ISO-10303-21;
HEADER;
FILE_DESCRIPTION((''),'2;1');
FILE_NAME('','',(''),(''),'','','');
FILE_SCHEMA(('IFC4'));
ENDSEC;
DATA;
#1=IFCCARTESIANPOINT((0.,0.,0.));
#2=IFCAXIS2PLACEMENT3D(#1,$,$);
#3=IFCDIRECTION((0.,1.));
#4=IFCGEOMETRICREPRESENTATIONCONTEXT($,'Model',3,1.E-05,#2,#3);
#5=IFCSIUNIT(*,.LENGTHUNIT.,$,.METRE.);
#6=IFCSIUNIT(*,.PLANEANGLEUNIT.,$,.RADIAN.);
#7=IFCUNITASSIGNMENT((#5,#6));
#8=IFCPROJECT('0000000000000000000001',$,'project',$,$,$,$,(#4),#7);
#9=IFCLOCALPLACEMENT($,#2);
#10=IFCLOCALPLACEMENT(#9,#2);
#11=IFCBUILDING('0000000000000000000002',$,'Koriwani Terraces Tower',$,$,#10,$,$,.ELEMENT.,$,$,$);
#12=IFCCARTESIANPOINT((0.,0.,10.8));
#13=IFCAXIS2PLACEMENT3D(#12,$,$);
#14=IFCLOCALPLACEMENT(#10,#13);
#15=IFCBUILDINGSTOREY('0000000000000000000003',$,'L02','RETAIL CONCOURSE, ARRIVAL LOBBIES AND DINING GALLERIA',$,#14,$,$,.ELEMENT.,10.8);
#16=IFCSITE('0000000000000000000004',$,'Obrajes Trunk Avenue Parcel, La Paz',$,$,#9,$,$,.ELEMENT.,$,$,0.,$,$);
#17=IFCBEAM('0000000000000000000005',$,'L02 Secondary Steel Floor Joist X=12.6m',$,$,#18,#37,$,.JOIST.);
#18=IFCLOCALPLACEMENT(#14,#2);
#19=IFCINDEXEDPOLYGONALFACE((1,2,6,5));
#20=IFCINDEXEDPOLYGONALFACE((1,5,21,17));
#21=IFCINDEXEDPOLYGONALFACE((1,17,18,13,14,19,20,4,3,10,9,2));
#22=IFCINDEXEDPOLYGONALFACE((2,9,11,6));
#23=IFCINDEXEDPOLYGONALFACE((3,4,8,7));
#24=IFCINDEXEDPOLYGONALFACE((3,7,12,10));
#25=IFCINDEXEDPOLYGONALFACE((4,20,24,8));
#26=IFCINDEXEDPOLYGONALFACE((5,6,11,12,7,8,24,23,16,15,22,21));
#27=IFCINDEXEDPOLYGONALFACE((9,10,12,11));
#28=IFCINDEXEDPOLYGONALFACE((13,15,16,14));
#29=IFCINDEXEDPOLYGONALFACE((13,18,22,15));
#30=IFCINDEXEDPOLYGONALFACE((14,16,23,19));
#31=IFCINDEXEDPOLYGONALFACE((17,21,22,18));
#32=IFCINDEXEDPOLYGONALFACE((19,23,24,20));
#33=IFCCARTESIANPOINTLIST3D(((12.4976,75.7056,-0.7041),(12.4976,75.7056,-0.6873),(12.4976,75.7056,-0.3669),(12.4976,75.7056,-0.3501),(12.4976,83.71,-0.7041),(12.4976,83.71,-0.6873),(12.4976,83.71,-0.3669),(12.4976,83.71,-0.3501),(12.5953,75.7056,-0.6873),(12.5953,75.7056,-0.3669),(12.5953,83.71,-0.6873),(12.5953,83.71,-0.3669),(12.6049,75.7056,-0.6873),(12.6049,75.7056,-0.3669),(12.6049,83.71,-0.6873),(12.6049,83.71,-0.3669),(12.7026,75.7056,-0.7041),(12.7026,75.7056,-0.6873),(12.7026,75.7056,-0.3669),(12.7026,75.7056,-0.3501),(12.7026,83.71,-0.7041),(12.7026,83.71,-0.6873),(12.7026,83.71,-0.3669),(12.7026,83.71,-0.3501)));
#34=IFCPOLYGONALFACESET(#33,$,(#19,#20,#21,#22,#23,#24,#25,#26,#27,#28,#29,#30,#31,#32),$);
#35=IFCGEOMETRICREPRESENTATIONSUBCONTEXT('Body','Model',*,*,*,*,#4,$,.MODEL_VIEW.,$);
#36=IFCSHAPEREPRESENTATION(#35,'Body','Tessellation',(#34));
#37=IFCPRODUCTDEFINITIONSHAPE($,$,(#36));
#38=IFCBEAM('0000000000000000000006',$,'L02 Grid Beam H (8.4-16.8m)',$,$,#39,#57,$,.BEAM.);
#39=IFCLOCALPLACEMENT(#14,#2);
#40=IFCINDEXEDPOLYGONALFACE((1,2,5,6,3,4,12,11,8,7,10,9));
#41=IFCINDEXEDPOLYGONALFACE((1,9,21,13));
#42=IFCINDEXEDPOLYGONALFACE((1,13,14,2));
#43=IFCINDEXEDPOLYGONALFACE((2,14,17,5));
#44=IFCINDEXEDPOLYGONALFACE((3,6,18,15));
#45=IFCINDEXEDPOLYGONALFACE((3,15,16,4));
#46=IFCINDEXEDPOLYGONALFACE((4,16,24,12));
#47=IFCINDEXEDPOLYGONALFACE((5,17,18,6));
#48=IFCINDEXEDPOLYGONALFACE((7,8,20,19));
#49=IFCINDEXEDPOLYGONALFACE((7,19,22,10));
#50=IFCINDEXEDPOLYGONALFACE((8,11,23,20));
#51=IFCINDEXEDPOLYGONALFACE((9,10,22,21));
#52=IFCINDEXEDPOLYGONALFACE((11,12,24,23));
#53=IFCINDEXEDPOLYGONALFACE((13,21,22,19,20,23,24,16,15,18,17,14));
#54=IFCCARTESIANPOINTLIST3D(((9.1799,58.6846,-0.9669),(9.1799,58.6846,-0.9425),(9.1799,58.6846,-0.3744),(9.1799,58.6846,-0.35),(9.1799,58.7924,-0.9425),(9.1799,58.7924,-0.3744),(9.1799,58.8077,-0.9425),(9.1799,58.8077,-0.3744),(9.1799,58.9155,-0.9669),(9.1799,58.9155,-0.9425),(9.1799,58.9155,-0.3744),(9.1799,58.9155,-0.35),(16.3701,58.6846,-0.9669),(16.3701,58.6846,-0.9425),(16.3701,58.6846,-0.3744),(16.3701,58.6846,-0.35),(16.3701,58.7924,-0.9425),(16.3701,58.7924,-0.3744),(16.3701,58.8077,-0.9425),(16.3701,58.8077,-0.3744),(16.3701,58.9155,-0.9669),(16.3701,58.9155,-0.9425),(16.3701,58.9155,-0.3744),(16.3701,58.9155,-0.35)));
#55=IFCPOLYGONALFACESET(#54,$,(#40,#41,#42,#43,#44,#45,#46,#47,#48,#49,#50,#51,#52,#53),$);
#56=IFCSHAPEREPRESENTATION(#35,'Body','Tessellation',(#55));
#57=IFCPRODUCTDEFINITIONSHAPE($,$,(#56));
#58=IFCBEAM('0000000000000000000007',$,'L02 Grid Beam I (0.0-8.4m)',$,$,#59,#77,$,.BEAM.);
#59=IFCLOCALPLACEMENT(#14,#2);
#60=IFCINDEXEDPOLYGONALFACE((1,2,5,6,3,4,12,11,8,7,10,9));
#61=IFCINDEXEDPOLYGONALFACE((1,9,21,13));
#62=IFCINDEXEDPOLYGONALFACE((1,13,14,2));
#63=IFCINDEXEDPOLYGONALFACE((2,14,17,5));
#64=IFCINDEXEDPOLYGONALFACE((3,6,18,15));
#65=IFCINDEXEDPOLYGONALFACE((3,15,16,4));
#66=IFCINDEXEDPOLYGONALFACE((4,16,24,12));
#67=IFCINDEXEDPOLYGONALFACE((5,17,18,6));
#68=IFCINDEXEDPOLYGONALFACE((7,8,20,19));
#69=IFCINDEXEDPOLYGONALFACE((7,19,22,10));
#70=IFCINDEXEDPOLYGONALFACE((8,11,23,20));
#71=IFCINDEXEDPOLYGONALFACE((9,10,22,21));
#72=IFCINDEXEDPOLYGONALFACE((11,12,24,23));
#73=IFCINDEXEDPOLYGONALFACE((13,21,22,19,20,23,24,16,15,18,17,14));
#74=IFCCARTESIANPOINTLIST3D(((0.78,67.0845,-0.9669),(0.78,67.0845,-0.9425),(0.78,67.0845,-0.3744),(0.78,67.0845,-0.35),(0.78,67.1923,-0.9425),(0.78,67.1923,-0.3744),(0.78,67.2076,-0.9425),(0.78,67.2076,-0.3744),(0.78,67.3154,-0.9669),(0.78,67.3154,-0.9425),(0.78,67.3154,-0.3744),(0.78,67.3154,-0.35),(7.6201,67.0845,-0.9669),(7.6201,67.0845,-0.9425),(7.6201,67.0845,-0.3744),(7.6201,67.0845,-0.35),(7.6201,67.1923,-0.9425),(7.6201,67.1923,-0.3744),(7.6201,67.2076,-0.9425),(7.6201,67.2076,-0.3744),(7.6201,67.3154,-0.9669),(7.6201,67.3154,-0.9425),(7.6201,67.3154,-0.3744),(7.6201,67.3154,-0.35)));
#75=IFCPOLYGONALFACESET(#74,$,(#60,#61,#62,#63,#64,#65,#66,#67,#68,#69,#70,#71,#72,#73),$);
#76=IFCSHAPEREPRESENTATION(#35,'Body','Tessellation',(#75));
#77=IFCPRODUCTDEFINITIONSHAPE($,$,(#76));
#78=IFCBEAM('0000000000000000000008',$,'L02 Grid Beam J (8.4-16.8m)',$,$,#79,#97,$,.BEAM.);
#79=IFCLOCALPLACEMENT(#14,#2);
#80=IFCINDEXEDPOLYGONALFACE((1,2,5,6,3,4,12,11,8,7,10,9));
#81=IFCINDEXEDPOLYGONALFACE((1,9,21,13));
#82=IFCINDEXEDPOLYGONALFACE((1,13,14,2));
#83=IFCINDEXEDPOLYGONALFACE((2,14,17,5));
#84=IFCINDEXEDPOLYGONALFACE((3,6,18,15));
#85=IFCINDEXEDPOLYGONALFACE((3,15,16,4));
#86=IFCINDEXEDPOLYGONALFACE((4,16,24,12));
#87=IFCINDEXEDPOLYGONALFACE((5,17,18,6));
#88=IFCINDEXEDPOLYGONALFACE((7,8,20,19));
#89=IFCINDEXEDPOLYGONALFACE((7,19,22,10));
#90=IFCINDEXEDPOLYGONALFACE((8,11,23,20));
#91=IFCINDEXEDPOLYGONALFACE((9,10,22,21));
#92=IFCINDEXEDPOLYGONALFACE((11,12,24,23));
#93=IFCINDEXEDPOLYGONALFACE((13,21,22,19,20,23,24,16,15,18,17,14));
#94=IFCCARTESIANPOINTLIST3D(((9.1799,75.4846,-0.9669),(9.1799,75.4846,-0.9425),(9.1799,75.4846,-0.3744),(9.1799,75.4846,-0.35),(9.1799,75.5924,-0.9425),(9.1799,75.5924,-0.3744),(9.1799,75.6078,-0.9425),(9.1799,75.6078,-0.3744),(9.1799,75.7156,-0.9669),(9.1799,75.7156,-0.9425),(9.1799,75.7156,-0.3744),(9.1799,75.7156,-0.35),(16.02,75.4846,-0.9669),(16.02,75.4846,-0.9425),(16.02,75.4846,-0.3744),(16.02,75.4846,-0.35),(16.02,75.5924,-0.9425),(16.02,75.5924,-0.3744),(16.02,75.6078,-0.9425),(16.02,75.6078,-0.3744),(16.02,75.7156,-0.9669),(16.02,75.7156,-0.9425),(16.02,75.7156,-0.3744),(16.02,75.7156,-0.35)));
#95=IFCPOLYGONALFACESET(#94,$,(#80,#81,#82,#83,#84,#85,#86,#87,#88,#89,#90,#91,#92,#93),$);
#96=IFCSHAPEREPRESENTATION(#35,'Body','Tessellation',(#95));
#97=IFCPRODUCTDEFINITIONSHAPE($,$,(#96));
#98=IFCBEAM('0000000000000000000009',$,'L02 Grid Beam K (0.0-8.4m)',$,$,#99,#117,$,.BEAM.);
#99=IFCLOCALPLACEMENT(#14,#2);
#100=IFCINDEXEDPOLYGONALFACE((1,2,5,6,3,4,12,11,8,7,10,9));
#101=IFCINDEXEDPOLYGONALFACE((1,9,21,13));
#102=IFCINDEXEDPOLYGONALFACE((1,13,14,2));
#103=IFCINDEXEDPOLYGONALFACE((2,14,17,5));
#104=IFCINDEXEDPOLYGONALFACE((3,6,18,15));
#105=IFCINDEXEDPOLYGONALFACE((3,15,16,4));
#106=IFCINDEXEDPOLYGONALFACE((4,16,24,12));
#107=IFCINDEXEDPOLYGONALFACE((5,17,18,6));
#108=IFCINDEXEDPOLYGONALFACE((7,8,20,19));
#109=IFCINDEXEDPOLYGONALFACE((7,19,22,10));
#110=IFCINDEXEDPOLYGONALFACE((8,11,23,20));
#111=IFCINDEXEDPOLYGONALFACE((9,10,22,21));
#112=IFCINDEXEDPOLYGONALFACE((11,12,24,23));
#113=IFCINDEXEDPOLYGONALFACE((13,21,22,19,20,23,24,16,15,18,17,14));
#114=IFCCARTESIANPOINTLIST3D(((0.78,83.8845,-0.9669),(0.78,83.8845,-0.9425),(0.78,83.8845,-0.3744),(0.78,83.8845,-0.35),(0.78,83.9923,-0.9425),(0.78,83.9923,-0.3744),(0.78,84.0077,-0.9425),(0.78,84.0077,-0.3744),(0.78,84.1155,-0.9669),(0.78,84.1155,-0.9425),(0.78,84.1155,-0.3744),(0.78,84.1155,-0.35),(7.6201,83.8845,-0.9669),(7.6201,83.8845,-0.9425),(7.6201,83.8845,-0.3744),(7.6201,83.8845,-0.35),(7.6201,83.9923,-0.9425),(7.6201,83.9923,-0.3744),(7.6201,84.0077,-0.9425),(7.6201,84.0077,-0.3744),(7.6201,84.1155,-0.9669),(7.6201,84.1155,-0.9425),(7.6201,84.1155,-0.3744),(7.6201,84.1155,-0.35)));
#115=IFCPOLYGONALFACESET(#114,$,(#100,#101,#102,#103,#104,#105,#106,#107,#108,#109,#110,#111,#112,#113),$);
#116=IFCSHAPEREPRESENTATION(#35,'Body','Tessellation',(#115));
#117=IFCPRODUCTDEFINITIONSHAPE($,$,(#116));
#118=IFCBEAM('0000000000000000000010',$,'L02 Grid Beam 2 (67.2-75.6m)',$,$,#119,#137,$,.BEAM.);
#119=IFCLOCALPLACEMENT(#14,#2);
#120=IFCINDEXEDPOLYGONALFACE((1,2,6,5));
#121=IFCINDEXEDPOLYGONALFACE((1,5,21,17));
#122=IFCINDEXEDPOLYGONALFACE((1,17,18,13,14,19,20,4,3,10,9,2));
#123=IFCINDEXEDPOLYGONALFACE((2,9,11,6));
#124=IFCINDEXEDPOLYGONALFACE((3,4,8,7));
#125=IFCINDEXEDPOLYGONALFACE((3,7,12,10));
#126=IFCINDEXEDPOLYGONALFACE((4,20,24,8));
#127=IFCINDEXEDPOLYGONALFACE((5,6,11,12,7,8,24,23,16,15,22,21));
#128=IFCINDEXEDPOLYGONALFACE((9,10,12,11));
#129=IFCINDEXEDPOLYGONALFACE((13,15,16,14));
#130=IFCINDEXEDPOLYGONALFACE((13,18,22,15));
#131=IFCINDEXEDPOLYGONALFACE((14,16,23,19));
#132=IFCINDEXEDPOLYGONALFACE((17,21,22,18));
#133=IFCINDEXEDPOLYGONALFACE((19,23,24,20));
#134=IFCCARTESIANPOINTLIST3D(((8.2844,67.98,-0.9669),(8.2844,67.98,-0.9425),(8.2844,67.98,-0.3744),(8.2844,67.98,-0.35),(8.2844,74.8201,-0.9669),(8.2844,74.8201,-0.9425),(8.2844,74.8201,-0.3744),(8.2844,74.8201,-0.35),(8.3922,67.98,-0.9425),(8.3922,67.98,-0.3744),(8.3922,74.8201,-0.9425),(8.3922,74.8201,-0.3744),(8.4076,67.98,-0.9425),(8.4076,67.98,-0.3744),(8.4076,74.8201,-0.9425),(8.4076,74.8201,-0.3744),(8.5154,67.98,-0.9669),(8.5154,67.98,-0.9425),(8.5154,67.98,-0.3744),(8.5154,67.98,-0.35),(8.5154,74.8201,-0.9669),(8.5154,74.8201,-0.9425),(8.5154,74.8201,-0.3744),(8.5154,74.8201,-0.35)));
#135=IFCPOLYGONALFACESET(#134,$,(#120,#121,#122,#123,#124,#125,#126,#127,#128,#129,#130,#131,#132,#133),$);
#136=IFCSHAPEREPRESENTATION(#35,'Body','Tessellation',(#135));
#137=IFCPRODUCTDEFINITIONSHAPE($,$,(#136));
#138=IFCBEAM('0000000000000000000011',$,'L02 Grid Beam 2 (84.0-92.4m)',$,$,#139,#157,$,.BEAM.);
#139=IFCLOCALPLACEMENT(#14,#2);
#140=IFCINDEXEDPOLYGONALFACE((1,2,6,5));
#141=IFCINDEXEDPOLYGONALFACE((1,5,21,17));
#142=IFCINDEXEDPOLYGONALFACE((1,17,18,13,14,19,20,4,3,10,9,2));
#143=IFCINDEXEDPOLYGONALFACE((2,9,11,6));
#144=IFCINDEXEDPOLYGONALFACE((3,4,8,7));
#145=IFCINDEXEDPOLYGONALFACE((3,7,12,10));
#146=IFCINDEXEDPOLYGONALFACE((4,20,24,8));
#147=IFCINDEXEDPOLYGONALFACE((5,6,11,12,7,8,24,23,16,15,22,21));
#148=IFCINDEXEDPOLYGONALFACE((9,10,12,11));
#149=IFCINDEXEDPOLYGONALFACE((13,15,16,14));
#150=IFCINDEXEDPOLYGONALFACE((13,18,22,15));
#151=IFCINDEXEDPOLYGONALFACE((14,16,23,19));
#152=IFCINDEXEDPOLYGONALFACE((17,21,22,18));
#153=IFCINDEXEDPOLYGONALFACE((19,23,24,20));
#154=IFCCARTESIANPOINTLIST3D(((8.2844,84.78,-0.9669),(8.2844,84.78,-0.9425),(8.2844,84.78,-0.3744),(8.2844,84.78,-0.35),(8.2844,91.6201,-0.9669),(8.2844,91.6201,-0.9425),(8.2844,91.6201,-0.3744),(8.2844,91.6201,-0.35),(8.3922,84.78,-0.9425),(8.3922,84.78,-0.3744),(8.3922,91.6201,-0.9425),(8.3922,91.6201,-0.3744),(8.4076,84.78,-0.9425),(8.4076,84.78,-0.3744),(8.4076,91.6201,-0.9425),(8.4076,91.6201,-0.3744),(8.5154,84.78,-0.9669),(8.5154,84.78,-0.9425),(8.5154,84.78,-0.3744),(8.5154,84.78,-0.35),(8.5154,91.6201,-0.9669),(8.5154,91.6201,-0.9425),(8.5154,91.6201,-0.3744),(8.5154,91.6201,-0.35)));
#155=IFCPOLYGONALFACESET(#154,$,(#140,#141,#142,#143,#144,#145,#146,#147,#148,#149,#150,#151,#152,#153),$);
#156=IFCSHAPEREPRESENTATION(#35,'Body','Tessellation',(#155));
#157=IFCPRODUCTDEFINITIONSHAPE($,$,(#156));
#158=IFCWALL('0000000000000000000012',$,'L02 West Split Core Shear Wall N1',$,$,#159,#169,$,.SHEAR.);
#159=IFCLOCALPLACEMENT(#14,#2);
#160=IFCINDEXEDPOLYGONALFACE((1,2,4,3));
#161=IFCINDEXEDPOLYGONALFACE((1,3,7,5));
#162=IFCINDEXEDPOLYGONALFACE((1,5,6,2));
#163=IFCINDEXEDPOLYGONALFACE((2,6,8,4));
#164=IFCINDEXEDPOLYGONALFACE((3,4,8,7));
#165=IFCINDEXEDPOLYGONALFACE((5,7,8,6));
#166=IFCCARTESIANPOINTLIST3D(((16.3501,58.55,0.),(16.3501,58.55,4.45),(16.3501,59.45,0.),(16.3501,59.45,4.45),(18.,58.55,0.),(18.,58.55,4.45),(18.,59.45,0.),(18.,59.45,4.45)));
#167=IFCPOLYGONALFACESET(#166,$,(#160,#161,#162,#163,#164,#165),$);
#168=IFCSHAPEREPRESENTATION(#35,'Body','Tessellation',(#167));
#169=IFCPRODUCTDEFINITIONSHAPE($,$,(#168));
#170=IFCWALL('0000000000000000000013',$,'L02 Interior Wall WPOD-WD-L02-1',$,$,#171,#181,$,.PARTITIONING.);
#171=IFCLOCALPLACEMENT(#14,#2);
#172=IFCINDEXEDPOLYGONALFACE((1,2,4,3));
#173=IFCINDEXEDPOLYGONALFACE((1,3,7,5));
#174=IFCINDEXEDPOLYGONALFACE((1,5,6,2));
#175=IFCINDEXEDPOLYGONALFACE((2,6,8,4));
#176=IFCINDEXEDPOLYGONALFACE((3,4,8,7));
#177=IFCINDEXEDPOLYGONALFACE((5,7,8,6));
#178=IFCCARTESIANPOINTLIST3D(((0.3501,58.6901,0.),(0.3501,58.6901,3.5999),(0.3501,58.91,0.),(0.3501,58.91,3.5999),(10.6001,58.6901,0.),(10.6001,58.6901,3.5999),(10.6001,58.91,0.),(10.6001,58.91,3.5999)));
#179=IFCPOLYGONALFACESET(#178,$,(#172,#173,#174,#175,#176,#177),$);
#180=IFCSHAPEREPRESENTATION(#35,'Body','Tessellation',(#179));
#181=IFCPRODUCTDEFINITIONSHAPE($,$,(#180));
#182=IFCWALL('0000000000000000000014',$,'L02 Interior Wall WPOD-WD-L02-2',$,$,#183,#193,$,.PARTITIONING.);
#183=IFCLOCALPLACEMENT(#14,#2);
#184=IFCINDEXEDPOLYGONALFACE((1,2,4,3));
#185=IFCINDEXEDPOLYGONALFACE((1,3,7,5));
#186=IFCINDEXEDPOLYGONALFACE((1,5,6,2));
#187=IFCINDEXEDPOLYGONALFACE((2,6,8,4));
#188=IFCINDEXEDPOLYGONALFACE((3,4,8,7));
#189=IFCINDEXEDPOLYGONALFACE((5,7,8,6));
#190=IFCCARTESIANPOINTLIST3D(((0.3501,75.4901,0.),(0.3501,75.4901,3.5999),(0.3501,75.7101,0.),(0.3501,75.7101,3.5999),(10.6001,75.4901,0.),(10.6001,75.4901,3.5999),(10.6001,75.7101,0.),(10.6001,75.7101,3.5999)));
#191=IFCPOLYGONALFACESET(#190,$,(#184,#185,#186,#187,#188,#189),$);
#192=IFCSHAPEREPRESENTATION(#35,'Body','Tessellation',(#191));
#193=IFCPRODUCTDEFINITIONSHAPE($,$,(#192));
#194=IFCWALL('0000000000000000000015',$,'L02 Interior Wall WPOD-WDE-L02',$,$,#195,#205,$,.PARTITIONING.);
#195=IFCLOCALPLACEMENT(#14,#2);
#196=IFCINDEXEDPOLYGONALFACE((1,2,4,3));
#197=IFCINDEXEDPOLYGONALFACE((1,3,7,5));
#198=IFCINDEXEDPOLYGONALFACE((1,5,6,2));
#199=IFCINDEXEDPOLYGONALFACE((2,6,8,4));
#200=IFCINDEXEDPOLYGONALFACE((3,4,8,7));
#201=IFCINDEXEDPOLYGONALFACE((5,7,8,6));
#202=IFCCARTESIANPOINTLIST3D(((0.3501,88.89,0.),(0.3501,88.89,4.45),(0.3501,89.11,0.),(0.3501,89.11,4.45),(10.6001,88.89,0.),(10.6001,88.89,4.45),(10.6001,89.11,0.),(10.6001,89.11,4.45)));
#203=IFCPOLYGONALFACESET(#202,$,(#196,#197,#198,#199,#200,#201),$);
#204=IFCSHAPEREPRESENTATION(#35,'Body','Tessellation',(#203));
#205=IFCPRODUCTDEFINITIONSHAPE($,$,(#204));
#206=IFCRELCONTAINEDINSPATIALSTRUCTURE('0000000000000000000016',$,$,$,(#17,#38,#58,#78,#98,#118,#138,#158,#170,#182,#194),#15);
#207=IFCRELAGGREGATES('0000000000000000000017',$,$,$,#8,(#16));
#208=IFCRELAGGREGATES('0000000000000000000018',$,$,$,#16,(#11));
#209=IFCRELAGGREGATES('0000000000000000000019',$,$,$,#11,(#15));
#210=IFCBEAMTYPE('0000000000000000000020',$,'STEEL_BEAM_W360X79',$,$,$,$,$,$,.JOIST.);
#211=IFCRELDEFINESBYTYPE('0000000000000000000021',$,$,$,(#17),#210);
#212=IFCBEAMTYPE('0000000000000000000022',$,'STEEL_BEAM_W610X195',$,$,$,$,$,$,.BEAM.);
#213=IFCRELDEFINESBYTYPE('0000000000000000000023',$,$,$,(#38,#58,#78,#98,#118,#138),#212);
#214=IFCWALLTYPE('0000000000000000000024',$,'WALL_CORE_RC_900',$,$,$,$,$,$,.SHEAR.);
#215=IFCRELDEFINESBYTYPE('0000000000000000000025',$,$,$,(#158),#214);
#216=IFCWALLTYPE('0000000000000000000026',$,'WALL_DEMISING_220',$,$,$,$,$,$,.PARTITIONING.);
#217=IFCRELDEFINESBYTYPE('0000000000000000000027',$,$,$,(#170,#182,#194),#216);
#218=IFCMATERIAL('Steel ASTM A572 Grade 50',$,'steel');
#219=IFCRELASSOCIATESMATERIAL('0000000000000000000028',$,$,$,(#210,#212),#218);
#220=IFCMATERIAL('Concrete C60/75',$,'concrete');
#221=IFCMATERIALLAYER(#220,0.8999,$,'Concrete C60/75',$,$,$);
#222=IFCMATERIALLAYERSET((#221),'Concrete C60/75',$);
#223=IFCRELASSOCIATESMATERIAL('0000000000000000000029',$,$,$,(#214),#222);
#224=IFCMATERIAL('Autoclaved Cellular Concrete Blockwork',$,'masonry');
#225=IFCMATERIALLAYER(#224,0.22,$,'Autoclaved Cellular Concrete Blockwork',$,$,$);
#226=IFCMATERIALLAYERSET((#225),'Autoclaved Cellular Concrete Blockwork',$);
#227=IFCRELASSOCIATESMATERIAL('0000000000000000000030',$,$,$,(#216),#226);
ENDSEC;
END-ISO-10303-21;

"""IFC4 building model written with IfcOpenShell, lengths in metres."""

from ifc_helpers import new_model, si_unit, direction, frame, frame_2d, origin, origin_2d, place, context, subcontext, project, spatial, rectangle, i_section, extrude, material, layer, layer_set, material_profile, profile_set, type_object, element, save


model = new_model("IFC4")

# Units and contexts
model_context = context("Model", 3, precision=1e-05, world=origin(), true_north=direction((0.0, 1.0)))
body_context = subcontext(model_context, "Body", "Model", "MODEL_VIEW")
ifc_project = project(units=[si_unit("LENGTHUNIT", "METRE"), si_unit("PLANEANGLEUNIT", "RADIAN")], contexts=[model_context])

# Site, building, storey
site_placement = place(None, origin())
site = spatial("IfcSite", under=ifc_project, at=site_placement, Name="Obrajes Trunk Avenue Parcel, La Paz", CompositionType="ELEMENT", RefElevation=0.0)
building_placement = place(site_placement, origin())
building = spatial("IfcBuilding", under=site, at=building_placement, Name="Koriwani Terraces Tower", CompositionType="ELEMENT")
storey_placement = place(building_placement, frame((0.0, 0.0, 10.8)))
storey = spatial("IfcBuildingStorey", under=building, at=storey_placement, Name="L02", Description="RETAIL CONCOURSE, ARRIVAL LOBBIES AND DINING GALLERIA", CompositionType="ELEMENT", Elevation=10.8)

# Shared definitions
ifc_material_1 = material(Name="Concrete C60/75", Category="concrete")

# Beams
ifc_material_2 = material(Name="Steel ASTM A572 Grade 50", Category="steel")
ifc_material_profile_1 = material_profile(ifc_material_2, i_section(OverallWidth=0.2051, OverallDepth=0.354, WebThickness=0.0095, FlangeThickness=0.0168, at=origin_2d()), Name="Steel ASTM A572 Grade 50", Category="LoadBearing")
ifc_profile_set_1 = profile_set([ifc_material_profile_1], Name="Steel ASTM A572 Grade 50")
beam_type_1 = type_object("IfcBeamType", Name="STEEL_BEAM_W360X79", PredefinedType="JOIST", material=ifc_profile_set_1)
for number, where, z_axis, x_axis, name in (
    (1, (12.6001, 75.7056, -0.5271), (0.0, 1.0, 0.0), (-1.0, 0.0, 0.0), "L02 Secondary Steel Floor Joist X=12.6m"),
):
    element("IfcBeam", number, at=place(storey_placement, frame(where, z_axis=z_axis, x_axis=x_axis)), inside=storey, type_object=beam_type_1, Name=name, PredefinedType="JOIST", context=body_context, shape_type="SweptSolid", body=[
        extrude(i_section(OverallWidth=0.2051, OverallDepth=0.354, WebThickness=0.0095, FlangeThickness=0.0168, at=origin_2d()), origin(), (0.0, 0.0, 1.0), 8.0044),
    ])
ifc_material_profile_2 = material_profile(ifc_material_2, i_section(OverallWidth=0.231, OverallDepth=0.6169, WebThickness=0.0154, FlangeThickness=0.0244, at=origin_2d()), Name="Steel ASTM A572 Grade 50", Category="LoadBearing")
ifc_profile_set_2 = profile_set([ifc_material_profile_2], Name="Steel ASTM A572 Grade 50")
beam_type_2 = type_object("IfcBeamType", Name="STEEL_BEAM_W610X195", PredefinedType="BEAM", material=ifc_profile_set_2)
beam_1_placement = place(storey_placement, frame((9.1799, 58.8, -0.6584), z_axis=(1.0, 0.0, 0.0), x_axis=(0.0, 1.0, 0.0)))
element("IfcBeam", 2, at=beam_1_placement, inside=storey, type_object=beam_type_2, Name="L02 Grid Beam H (8.4-16.8m)", PredefinedType="BEAM", context=body_context, shape_type="SweptSolid", body=[
    extrude(i_section(OverallWidth=0.231, OverallDepth=0.6169, WebThickness=0.0154, FlangeThickness=0.0244, at=origin_2d()), origin(), (0.0, 0.0, 1.0), 7.1902),
])
for number, where, z_axis, x_axis, name in (
    (3, (0.78, 67.2, -0.6584), (1.0, 0.0, 0.0), (0.0, 1.0, 0.0), "L02 Grid Beam I (0.0-8.4m)"),
    (4, (9.1799, 75.6001, -0.6584), (1.0, 0.0, 0.0), (0.0, 1.0, 0.0), "L02 Grid Beam J (8.4-16.8m)"),
    (5, (0.78, 84.0, -0.6584), (1.0, 0.0, 0.0), (0.0, 1.0, 0.0), "L02 Grid Beam K (0.0-8.4m)"),
    (6, (8.3999, 67.98, -0.6584), (0.0, 1.0, 0.0), (-1.0, 0.0, 0.0), "L02 Grid Beam 2 (67.2-75.6m)"),
    (7, (8.3999, 84.78, -0.6584), (0.0, 1.0, 0.0), (-1.0, 0.0, 0.0), "L02 Grid Beam 2 (84.0-92.4m)"),
):
    element("IfcBeam", number, at=place(storey_placement, frame(where, z_axis=z_axis, x_axis=x_axis)), inside=storey, type_object=beam_type_2, Name=name, PredefinedType="BEAM", context=body_context, shape_type="SweptSolid", body=[
        extrude(i_section(OverallWidth=0.231, OverallDepth=0.6169, WebThickness=0.0154, FlangeThickness=0.0244, at=origin_2d()), origin(), (0.0, 0.0, 1.0), 6.8401),
    ])

# Walls
ifc_layer_1 = layer(ifc_material_1, 0.8999, Name="Concrete C60/75")
ifc_layer_set_1 = layer_set([ifc_layer_1], Name="Concrete C60/75")
wall_type_1 = type_object("IfcWallType", Name="WALL_CORE_RC_900", PredefinedType="SHEAR", material=ifc_layer_set_1)
wall_1_placement = place(storey_placement, frame((16.3501, 59.0, 0.0), z_axis=(0.0, 0.0, 1.0), x_axis=(1.0, 0.0, 0.0)))
element("IfcWall", 8, at=wall_1_placement, inside=storey, type_object=wall_type_1, Name="L02 West Split Core Shear Wall N1", PredefinedType="SHEAR", context=body_context, shape_type="SweptSolid", body=[
    extrude(rectangle(XDim=1.6499, YDim=0.8999, at=frame_2d((0.825, 0.0))), origin(), (0.0, 0.0, 1.0), 4.45),
])
ifc_material_3 = material(Name="Autoclaved Cellular Concrete Blockwork", Category="masonry")
ifc_layer_2 = layer(ifc_material_3, 0.22, Name="Autoclaved Cellular Concrete Blockwork")
ifc_layer_set_2 = layer_set([ifc_layer_2], Name="Autoclaved Cellular Concrete Blockwork")
wall_type_2 = type_object("IfcWallType", Name="WALL_DEMISING_220", PredefinedType="PARTITIONING", material=ifc_layer_set_2)
for number, where, z_axis, x_axis, name in (
    (9, (0.3501, 58.8, 0.0), (0.0, 0.0, 1.0), (1.0, 0.0, 0.0), "L02 Interior Wall WPOD-WD-L02-1"),
    (10, (0.3501, 75.6001, 0.0), (0.0, 0.0, 1.0), (1.0, 0.0, 0.0), "L02 Interior Wall WPOD-WD-L02-2"),
):
    element("IfcWall", number, at=place(storey_placement, frame(where, z_axis=z_axis, x_axis=x_axis)), inside=storey, type_object=wall_type_2, Name=name, PredefinedType="PARTITIONING", context=body_context, shape_type="SweptSolid", body=[
        extrude(rectangle(XDim=10.25, YDim=0.22, at=frame_2d((5.125, 0.0))), origin(), (0.0, 0.0, 1.0), 3.5999),
    ])
wall_2_placement = place(storey_placement, frame((0.3501, 89.0, 0.0), z_axis=(0.0, 0.0, 1.0), x_axis=(1.0, 0.0, 0.0)))
element("IfcWall", 11, at=wall_2_placement, inside=storey, type_object=wall_type_2, Name="L02 Interior Wall WPOD-WDE-L02", PredefinedType="PARTITIONING", context=body_context, shape_type="SweptSolid", body=[
    extrude(rectangle(XDim=10.25, YDim=0.22, at=frame_2d((5.125, 0.0))), origin(), (0.0, 0.0, 1.0), 4.45),
])

save(model, "model.ifc")
